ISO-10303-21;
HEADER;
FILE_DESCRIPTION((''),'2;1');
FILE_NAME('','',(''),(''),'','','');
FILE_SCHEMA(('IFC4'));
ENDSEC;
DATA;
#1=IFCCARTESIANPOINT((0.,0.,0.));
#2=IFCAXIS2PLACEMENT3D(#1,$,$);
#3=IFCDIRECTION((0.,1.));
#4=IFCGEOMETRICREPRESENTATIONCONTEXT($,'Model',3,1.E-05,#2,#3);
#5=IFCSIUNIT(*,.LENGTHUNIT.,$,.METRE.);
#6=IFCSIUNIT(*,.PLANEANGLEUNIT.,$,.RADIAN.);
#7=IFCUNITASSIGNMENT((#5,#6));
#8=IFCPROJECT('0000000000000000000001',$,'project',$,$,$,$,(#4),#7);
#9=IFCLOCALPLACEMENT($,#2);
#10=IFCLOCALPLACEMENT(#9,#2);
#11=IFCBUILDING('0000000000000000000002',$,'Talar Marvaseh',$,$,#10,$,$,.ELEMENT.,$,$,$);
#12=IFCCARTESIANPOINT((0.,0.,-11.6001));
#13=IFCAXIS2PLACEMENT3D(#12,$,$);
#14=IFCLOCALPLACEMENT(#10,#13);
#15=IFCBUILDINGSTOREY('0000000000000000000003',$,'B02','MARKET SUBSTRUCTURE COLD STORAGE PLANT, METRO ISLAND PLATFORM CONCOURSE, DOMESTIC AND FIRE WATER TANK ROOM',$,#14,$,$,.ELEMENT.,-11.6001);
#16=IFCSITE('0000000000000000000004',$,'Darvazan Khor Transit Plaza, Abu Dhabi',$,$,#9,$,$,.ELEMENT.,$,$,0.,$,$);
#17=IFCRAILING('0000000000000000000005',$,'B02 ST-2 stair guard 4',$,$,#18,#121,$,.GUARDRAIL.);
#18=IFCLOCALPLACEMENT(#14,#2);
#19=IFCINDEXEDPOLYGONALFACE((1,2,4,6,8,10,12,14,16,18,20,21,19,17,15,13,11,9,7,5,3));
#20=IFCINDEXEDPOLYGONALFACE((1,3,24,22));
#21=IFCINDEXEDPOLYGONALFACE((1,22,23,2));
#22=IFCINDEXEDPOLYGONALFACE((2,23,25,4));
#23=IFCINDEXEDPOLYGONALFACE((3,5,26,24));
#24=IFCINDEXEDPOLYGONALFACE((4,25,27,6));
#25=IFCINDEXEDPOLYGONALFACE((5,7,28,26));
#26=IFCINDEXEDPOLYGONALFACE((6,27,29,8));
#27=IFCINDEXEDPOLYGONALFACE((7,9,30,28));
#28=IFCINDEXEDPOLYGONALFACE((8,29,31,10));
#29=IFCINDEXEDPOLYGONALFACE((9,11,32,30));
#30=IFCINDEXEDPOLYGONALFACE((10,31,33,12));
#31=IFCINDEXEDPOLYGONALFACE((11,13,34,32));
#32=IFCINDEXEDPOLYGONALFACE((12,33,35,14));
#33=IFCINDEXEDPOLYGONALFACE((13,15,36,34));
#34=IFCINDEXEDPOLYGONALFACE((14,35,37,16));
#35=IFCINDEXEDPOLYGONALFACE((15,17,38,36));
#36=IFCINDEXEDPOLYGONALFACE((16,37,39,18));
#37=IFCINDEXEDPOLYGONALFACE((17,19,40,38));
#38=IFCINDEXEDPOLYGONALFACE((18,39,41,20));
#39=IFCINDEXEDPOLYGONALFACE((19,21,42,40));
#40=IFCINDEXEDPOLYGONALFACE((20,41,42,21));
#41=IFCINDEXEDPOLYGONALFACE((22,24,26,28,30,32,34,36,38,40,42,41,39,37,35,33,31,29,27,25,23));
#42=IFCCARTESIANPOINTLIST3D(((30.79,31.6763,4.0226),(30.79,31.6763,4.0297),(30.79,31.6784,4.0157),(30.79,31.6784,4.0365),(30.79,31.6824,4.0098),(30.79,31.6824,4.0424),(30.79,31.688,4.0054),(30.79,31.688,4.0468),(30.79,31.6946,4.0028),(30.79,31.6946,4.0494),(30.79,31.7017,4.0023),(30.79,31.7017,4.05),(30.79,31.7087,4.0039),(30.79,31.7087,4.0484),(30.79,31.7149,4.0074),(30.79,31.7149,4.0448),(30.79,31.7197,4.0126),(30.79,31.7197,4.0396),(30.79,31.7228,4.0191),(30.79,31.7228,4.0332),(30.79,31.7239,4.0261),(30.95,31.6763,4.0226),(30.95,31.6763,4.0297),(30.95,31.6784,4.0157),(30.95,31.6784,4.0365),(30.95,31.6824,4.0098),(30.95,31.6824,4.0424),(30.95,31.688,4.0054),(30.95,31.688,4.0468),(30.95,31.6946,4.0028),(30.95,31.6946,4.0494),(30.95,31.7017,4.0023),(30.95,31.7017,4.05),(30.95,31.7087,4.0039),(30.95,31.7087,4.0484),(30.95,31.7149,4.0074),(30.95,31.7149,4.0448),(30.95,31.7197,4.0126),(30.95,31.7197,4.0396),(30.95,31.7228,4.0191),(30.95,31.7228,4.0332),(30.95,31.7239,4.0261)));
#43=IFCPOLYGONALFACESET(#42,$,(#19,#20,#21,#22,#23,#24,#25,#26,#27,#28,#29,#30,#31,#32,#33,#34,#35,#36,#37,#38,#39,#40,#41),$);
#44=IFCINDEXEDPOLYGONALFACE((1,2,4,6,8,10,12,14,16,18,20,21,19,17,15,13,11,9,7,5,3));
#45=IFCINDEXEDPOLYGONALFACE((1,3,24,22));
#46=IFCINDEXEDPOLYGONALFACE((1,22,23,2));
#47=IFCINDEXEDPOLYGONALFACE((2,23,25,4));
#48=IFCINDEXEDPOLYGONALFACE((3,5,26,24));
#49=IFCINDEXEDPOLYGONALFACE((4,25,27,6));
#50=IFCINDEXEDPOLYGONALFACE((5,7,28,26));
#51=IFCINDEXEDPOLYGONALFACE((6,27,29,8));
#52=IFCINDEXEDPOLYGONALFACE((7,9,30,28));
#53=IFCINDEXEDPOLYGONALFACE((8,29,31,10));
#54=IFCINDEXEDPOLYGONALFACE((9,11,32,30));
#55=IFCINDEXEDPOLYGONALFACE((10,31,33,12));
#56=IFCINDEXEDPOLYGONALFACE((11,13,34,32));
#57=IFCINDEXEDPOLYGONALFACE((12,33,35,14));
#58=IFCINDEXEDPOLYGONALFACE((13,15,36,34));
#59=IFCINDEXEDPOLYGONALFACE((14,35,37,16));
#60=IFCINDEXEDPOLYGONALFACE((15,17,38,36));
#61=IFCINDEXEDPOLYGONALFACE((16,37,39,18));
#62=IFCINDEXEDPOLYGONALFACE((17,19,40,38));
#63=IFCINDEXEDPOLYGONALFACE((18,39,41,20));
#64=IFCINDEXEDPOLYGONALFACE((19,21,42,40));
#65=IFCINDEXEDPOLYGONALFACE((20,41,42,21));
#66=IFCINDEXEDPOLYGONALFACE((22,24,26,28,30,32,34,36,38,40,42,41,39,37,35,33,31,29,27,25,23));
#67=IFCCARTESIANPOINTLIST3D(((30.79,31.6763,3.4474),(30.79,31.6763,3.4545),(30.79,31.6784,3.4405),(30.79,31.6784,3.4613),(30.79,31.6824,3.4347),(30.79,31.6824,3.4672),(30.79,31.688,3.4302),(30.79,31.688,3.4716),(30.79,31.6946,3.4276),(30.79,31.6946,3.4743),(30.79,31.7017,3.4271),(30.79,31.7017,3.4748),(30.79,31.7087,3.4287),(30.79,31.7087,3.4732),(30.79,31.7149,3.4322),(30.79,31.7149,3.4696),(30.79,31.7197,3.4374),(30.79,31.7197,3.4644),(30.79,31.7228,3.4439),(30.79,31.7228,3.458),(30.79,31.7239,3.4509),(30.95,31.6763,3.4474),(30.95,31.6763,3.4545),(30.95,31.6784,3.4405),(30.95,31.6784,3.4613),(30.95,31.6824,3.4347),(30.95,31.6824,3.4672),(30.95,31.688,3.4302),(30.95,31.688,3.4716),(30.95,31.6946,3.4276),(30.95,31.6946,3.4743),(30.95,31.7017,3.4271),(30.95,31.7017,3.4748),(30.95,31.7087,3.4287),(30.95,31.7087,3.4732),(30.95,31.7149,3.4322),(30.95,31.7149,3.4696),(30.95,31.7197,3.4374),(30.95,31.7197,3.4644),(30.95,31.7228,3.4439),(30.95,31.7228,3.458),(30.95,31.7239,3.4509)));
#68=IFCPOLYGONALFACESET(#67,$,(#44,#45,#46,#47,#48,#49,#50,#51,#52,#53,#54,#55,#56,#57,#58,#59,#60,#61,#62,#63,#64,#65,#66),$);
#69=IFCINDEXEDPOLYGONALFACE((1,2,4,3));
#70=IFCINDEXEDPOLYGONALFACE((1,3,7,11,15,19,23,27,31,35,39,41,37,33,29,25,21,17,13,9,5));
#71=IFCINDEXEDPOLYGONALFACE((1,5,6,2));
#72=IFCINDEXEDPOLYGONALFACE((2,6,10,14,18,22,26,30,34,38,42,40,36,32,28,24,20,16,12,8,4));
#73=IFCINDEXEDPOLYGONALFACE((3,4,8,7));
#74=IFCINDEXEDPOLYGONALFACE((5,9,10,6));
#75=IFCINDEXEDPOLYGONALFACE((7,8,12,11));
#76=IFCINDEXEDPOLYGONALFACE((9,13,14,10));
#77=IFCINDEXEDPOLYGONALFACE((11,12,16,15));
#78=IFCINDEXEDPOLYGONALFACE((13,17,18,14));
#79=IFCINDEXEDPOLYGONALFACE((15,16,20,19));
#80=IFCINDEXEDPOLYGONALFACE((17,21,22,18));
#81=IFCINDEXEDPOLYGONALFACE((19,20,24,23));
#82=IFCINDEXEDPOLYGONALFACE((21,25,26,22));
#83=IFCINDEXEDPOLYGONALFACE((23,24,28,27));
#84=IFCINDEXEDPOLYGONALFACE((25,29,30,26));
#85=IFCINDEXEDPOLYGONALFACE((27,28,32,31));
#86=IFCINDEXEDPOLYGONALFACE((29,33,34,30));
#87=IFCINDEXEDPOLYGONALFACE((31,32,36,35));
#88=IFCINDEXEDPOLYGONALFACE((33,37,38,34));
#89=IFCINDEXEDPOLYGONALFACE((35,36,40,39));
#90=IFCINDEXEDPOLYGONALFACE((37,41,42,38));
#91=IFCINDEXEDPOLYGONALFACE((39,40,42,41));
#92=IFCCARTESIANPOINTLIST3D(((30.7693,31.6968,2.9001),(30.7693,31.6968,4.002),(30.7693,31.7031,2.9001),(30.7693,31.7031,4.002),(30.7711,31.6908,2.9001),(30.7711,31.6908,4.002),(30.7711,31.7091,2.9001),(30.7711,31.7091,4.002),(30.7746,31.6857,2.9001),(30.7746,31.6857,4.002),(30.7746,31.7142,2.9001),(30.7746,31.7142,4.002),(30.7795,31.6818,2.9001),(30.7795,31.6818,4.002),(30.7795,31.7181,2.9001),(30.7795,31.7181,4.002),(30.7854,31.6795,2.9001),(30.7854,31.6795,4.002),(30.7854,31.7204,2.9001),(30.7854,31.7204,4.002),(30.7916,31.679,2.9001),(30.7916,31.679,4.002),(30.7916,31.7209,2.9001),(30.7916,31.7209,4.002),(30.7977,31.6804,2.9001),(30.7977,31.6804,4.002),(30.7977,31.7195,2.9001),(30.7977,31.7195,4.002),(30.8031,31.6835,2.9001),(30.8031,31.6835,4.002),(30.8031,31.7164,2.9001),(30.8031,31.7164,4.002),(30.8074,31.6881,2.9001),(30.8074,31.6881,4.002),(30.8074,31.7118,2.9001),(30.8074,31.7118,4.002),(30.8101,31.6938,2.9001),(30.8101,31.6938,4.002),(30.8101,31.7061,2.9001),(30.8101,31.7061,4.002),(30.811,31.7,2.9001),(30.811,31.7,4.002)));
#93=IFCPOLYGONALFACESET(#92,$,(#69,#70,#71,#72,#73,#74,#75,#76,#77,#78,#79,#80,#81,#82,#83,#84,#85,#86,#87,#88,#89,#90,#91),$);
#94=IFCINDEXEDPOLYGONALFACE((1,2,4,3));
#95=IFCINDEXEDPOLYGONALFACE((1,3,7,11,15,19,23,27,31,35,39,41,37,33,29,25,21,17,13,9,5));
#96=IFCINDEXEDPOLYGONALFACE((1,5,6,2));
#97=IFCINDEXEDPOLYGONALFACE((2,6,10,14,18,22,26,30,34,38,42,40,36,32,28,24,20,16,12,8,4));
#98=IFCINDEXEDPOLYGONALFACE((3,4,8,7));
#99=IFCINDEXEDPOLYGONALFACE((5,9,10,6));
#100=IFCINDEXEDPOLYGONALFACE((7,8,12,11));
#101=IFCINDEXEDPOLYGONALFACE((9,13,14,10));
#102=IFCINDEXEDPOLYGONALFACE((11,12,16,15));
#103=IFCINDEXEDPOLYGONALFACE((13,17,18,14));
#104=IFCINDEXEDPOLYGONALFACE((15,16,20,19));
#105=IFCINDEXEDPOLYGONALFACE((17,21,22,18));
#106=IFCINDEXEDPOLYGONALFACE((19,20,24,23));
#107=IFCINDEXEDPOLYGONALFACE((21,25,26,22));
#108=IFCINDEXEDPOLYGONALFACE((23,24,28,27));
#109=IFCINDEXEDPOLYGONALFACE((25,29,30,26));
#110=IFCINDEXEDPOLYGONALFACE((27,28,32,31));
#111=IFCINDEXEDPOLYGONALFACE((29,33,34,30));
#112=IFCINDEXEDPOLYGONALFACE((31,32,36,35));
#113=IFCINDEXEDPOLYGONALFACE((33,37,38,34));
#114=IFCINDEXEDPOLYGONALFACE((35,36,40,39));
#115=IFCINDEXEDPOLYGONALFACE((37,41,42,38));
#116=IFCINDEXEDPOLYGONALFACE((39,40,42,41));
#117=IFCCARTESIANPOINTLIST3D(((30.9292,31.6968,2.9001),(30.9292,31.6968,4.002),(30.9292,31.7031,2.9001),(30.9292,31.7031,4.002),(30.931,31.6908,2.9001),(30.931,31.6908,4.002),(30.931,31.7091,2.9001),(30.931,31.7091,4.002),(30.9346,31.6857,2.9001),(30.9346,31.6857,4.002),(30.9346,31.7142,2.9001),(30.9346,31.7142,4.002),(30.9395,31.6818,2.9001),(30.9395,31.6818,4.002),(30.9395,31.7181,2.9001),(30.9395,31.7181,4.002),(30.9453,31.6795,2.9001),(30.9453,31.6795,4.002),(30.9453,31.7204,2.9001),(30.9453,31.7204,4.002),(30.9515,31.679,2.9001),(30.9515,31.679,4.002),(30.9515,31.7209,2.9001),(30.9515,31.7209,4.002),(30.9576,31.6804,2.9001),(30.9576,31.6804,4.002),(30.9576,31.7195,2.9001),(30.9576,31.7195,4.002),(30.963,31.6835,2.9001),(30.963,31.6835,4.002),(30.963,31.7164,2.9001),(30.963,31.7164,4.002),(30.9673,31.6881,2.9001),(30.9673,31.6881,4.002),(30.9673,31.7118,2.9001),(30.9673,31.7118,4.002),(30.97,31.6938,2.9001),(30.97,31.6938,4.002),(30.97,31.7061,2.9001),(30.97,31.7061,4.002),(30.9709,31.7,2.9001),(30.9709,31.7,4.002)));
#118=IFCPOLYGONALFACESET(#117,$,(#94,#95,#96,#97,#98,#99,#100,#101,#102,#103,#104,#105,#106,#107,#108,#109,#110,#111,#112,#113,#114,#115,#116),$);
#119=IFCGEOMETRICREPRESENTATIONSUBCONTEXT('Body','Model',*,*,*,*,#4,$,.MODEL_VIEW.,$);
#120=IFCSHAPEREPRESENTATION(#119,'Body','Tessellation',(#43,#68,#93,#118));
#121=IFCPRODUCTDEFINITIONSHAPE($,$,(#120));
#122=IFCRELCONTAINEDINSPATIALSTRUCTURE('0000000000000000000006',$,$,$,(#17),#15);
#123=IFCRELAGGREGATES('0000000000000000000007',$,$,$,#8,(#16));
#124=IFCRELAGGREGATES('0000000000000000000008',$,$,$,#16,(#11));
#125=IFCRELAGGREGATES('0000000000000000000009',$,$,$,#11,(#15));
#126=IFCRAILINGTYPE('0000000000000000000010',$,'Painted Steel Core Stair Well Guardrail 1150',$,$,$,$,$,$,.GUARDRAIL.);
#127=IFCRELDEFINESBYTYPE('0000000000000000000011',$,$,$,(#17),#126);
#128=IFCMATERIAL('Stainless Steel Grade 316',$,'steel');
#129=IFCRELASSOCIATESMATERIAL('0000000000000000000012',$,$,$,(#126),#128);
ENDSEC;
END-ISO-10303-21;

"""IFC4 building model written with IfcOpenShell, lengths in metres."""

from ifc_helpers import new_model, si_unit, direction, frame, origin, origin_2d, place, context, subcontext, project, spatial, circle, extrude, material, type_object, element, save


model = new_model("IFC4")

# Units and contexts
model_context = context("Model", 3, precision=1e-05, world=origin(), true_north=direction((0.0, 1.0)))
body_context = subcontext(model_context, "Body", "Model", "MODEL_VIEW")
ifc_project = project(units=[si_unit("LENGTHUNIT", "METRE"), si_unit("PLANEANGLEUNIT", "RADIAN")], contexts=[model_context])

# Site, building, storey
site_placement = place(None, origin())
site = spatial("IfcSite", under=ifc_project, at=site_placement, Name="Darvazan Khor Transit Plaza, Abu Dhabi", CompositionType="ELEMENT", RefElevation=0.0)
building_placement = place(site_placement, origin())
building = spatial("IfcBuilding", under=site, at=building_placement, Name="Talar Marvaseh", CompositionType="ELEMENT")
storey_placement = place(building_placement, frame((0.0, 0.0, -11.6001)))
storey = spatial("IfcBuildingStorey", under=building, at=storey_placement, Name="B02", Description="MARKET SUBSTRUCTURE COLD STORAGE PLANT, METRO ISLAND PLATFORM CONCOURSE, DOMESTIC AND FIRE WATER TANK ROOM", CompositionType="ELEMENT", Elevation=-11.6001)

# Railing
ifc_material_1 = material(Name="Stainless Steel Grade 316", Category="steel")
railing_type_1 = type_object("IfcRailingType", Name="Painted Steel Core Stair Well Guardrail 1150", PredefinedType="GUARDRAIL", material=ifc_material_1)
for number, where, name in (
    (1, (30.79, 31.7, 2.9001), "B02 ST-2 stair guard 4"),
):
    element("IfcRailing", number, at=place(storey_placement, frame(where)), inside=storey, type_object=railing_type_1, Name=name, PredefinedType="GUARDRAIL", context=body_context, shape_type="SweptSolid", body=[
        extrude(circle(Radius=0.0239, at=origin_2d()), frame((0.0, 0.0, 1.126), z_axis=(1.0, 0.0, 0.0), x_axis=(0.0, 1.0, 0.0)), (0.0, 0.0, 1.0), 0.1599),
        extrude(circle(Radius=0.0239, at=origin_2d()), frame((0.0, 0.0, 0.5508), z_axis=(1.0, 0.0, 0.0), x_axis=(0.0, 1.0, 0.0)), (0.0, 0.0, 1.0), 0.1599),
        extrude(circle(Radius=0.021, at=origin_2d()), origin(), (0.0, 0.0, 1.0), 1.1018),
        extrude(circle(Radius=0.021, at=origin_2d()), frame((0.1599, 0.0, 0.0)), (0.0, 0.0, 1.0), 1.1018),
    ])

save(model, "model.ifc")
